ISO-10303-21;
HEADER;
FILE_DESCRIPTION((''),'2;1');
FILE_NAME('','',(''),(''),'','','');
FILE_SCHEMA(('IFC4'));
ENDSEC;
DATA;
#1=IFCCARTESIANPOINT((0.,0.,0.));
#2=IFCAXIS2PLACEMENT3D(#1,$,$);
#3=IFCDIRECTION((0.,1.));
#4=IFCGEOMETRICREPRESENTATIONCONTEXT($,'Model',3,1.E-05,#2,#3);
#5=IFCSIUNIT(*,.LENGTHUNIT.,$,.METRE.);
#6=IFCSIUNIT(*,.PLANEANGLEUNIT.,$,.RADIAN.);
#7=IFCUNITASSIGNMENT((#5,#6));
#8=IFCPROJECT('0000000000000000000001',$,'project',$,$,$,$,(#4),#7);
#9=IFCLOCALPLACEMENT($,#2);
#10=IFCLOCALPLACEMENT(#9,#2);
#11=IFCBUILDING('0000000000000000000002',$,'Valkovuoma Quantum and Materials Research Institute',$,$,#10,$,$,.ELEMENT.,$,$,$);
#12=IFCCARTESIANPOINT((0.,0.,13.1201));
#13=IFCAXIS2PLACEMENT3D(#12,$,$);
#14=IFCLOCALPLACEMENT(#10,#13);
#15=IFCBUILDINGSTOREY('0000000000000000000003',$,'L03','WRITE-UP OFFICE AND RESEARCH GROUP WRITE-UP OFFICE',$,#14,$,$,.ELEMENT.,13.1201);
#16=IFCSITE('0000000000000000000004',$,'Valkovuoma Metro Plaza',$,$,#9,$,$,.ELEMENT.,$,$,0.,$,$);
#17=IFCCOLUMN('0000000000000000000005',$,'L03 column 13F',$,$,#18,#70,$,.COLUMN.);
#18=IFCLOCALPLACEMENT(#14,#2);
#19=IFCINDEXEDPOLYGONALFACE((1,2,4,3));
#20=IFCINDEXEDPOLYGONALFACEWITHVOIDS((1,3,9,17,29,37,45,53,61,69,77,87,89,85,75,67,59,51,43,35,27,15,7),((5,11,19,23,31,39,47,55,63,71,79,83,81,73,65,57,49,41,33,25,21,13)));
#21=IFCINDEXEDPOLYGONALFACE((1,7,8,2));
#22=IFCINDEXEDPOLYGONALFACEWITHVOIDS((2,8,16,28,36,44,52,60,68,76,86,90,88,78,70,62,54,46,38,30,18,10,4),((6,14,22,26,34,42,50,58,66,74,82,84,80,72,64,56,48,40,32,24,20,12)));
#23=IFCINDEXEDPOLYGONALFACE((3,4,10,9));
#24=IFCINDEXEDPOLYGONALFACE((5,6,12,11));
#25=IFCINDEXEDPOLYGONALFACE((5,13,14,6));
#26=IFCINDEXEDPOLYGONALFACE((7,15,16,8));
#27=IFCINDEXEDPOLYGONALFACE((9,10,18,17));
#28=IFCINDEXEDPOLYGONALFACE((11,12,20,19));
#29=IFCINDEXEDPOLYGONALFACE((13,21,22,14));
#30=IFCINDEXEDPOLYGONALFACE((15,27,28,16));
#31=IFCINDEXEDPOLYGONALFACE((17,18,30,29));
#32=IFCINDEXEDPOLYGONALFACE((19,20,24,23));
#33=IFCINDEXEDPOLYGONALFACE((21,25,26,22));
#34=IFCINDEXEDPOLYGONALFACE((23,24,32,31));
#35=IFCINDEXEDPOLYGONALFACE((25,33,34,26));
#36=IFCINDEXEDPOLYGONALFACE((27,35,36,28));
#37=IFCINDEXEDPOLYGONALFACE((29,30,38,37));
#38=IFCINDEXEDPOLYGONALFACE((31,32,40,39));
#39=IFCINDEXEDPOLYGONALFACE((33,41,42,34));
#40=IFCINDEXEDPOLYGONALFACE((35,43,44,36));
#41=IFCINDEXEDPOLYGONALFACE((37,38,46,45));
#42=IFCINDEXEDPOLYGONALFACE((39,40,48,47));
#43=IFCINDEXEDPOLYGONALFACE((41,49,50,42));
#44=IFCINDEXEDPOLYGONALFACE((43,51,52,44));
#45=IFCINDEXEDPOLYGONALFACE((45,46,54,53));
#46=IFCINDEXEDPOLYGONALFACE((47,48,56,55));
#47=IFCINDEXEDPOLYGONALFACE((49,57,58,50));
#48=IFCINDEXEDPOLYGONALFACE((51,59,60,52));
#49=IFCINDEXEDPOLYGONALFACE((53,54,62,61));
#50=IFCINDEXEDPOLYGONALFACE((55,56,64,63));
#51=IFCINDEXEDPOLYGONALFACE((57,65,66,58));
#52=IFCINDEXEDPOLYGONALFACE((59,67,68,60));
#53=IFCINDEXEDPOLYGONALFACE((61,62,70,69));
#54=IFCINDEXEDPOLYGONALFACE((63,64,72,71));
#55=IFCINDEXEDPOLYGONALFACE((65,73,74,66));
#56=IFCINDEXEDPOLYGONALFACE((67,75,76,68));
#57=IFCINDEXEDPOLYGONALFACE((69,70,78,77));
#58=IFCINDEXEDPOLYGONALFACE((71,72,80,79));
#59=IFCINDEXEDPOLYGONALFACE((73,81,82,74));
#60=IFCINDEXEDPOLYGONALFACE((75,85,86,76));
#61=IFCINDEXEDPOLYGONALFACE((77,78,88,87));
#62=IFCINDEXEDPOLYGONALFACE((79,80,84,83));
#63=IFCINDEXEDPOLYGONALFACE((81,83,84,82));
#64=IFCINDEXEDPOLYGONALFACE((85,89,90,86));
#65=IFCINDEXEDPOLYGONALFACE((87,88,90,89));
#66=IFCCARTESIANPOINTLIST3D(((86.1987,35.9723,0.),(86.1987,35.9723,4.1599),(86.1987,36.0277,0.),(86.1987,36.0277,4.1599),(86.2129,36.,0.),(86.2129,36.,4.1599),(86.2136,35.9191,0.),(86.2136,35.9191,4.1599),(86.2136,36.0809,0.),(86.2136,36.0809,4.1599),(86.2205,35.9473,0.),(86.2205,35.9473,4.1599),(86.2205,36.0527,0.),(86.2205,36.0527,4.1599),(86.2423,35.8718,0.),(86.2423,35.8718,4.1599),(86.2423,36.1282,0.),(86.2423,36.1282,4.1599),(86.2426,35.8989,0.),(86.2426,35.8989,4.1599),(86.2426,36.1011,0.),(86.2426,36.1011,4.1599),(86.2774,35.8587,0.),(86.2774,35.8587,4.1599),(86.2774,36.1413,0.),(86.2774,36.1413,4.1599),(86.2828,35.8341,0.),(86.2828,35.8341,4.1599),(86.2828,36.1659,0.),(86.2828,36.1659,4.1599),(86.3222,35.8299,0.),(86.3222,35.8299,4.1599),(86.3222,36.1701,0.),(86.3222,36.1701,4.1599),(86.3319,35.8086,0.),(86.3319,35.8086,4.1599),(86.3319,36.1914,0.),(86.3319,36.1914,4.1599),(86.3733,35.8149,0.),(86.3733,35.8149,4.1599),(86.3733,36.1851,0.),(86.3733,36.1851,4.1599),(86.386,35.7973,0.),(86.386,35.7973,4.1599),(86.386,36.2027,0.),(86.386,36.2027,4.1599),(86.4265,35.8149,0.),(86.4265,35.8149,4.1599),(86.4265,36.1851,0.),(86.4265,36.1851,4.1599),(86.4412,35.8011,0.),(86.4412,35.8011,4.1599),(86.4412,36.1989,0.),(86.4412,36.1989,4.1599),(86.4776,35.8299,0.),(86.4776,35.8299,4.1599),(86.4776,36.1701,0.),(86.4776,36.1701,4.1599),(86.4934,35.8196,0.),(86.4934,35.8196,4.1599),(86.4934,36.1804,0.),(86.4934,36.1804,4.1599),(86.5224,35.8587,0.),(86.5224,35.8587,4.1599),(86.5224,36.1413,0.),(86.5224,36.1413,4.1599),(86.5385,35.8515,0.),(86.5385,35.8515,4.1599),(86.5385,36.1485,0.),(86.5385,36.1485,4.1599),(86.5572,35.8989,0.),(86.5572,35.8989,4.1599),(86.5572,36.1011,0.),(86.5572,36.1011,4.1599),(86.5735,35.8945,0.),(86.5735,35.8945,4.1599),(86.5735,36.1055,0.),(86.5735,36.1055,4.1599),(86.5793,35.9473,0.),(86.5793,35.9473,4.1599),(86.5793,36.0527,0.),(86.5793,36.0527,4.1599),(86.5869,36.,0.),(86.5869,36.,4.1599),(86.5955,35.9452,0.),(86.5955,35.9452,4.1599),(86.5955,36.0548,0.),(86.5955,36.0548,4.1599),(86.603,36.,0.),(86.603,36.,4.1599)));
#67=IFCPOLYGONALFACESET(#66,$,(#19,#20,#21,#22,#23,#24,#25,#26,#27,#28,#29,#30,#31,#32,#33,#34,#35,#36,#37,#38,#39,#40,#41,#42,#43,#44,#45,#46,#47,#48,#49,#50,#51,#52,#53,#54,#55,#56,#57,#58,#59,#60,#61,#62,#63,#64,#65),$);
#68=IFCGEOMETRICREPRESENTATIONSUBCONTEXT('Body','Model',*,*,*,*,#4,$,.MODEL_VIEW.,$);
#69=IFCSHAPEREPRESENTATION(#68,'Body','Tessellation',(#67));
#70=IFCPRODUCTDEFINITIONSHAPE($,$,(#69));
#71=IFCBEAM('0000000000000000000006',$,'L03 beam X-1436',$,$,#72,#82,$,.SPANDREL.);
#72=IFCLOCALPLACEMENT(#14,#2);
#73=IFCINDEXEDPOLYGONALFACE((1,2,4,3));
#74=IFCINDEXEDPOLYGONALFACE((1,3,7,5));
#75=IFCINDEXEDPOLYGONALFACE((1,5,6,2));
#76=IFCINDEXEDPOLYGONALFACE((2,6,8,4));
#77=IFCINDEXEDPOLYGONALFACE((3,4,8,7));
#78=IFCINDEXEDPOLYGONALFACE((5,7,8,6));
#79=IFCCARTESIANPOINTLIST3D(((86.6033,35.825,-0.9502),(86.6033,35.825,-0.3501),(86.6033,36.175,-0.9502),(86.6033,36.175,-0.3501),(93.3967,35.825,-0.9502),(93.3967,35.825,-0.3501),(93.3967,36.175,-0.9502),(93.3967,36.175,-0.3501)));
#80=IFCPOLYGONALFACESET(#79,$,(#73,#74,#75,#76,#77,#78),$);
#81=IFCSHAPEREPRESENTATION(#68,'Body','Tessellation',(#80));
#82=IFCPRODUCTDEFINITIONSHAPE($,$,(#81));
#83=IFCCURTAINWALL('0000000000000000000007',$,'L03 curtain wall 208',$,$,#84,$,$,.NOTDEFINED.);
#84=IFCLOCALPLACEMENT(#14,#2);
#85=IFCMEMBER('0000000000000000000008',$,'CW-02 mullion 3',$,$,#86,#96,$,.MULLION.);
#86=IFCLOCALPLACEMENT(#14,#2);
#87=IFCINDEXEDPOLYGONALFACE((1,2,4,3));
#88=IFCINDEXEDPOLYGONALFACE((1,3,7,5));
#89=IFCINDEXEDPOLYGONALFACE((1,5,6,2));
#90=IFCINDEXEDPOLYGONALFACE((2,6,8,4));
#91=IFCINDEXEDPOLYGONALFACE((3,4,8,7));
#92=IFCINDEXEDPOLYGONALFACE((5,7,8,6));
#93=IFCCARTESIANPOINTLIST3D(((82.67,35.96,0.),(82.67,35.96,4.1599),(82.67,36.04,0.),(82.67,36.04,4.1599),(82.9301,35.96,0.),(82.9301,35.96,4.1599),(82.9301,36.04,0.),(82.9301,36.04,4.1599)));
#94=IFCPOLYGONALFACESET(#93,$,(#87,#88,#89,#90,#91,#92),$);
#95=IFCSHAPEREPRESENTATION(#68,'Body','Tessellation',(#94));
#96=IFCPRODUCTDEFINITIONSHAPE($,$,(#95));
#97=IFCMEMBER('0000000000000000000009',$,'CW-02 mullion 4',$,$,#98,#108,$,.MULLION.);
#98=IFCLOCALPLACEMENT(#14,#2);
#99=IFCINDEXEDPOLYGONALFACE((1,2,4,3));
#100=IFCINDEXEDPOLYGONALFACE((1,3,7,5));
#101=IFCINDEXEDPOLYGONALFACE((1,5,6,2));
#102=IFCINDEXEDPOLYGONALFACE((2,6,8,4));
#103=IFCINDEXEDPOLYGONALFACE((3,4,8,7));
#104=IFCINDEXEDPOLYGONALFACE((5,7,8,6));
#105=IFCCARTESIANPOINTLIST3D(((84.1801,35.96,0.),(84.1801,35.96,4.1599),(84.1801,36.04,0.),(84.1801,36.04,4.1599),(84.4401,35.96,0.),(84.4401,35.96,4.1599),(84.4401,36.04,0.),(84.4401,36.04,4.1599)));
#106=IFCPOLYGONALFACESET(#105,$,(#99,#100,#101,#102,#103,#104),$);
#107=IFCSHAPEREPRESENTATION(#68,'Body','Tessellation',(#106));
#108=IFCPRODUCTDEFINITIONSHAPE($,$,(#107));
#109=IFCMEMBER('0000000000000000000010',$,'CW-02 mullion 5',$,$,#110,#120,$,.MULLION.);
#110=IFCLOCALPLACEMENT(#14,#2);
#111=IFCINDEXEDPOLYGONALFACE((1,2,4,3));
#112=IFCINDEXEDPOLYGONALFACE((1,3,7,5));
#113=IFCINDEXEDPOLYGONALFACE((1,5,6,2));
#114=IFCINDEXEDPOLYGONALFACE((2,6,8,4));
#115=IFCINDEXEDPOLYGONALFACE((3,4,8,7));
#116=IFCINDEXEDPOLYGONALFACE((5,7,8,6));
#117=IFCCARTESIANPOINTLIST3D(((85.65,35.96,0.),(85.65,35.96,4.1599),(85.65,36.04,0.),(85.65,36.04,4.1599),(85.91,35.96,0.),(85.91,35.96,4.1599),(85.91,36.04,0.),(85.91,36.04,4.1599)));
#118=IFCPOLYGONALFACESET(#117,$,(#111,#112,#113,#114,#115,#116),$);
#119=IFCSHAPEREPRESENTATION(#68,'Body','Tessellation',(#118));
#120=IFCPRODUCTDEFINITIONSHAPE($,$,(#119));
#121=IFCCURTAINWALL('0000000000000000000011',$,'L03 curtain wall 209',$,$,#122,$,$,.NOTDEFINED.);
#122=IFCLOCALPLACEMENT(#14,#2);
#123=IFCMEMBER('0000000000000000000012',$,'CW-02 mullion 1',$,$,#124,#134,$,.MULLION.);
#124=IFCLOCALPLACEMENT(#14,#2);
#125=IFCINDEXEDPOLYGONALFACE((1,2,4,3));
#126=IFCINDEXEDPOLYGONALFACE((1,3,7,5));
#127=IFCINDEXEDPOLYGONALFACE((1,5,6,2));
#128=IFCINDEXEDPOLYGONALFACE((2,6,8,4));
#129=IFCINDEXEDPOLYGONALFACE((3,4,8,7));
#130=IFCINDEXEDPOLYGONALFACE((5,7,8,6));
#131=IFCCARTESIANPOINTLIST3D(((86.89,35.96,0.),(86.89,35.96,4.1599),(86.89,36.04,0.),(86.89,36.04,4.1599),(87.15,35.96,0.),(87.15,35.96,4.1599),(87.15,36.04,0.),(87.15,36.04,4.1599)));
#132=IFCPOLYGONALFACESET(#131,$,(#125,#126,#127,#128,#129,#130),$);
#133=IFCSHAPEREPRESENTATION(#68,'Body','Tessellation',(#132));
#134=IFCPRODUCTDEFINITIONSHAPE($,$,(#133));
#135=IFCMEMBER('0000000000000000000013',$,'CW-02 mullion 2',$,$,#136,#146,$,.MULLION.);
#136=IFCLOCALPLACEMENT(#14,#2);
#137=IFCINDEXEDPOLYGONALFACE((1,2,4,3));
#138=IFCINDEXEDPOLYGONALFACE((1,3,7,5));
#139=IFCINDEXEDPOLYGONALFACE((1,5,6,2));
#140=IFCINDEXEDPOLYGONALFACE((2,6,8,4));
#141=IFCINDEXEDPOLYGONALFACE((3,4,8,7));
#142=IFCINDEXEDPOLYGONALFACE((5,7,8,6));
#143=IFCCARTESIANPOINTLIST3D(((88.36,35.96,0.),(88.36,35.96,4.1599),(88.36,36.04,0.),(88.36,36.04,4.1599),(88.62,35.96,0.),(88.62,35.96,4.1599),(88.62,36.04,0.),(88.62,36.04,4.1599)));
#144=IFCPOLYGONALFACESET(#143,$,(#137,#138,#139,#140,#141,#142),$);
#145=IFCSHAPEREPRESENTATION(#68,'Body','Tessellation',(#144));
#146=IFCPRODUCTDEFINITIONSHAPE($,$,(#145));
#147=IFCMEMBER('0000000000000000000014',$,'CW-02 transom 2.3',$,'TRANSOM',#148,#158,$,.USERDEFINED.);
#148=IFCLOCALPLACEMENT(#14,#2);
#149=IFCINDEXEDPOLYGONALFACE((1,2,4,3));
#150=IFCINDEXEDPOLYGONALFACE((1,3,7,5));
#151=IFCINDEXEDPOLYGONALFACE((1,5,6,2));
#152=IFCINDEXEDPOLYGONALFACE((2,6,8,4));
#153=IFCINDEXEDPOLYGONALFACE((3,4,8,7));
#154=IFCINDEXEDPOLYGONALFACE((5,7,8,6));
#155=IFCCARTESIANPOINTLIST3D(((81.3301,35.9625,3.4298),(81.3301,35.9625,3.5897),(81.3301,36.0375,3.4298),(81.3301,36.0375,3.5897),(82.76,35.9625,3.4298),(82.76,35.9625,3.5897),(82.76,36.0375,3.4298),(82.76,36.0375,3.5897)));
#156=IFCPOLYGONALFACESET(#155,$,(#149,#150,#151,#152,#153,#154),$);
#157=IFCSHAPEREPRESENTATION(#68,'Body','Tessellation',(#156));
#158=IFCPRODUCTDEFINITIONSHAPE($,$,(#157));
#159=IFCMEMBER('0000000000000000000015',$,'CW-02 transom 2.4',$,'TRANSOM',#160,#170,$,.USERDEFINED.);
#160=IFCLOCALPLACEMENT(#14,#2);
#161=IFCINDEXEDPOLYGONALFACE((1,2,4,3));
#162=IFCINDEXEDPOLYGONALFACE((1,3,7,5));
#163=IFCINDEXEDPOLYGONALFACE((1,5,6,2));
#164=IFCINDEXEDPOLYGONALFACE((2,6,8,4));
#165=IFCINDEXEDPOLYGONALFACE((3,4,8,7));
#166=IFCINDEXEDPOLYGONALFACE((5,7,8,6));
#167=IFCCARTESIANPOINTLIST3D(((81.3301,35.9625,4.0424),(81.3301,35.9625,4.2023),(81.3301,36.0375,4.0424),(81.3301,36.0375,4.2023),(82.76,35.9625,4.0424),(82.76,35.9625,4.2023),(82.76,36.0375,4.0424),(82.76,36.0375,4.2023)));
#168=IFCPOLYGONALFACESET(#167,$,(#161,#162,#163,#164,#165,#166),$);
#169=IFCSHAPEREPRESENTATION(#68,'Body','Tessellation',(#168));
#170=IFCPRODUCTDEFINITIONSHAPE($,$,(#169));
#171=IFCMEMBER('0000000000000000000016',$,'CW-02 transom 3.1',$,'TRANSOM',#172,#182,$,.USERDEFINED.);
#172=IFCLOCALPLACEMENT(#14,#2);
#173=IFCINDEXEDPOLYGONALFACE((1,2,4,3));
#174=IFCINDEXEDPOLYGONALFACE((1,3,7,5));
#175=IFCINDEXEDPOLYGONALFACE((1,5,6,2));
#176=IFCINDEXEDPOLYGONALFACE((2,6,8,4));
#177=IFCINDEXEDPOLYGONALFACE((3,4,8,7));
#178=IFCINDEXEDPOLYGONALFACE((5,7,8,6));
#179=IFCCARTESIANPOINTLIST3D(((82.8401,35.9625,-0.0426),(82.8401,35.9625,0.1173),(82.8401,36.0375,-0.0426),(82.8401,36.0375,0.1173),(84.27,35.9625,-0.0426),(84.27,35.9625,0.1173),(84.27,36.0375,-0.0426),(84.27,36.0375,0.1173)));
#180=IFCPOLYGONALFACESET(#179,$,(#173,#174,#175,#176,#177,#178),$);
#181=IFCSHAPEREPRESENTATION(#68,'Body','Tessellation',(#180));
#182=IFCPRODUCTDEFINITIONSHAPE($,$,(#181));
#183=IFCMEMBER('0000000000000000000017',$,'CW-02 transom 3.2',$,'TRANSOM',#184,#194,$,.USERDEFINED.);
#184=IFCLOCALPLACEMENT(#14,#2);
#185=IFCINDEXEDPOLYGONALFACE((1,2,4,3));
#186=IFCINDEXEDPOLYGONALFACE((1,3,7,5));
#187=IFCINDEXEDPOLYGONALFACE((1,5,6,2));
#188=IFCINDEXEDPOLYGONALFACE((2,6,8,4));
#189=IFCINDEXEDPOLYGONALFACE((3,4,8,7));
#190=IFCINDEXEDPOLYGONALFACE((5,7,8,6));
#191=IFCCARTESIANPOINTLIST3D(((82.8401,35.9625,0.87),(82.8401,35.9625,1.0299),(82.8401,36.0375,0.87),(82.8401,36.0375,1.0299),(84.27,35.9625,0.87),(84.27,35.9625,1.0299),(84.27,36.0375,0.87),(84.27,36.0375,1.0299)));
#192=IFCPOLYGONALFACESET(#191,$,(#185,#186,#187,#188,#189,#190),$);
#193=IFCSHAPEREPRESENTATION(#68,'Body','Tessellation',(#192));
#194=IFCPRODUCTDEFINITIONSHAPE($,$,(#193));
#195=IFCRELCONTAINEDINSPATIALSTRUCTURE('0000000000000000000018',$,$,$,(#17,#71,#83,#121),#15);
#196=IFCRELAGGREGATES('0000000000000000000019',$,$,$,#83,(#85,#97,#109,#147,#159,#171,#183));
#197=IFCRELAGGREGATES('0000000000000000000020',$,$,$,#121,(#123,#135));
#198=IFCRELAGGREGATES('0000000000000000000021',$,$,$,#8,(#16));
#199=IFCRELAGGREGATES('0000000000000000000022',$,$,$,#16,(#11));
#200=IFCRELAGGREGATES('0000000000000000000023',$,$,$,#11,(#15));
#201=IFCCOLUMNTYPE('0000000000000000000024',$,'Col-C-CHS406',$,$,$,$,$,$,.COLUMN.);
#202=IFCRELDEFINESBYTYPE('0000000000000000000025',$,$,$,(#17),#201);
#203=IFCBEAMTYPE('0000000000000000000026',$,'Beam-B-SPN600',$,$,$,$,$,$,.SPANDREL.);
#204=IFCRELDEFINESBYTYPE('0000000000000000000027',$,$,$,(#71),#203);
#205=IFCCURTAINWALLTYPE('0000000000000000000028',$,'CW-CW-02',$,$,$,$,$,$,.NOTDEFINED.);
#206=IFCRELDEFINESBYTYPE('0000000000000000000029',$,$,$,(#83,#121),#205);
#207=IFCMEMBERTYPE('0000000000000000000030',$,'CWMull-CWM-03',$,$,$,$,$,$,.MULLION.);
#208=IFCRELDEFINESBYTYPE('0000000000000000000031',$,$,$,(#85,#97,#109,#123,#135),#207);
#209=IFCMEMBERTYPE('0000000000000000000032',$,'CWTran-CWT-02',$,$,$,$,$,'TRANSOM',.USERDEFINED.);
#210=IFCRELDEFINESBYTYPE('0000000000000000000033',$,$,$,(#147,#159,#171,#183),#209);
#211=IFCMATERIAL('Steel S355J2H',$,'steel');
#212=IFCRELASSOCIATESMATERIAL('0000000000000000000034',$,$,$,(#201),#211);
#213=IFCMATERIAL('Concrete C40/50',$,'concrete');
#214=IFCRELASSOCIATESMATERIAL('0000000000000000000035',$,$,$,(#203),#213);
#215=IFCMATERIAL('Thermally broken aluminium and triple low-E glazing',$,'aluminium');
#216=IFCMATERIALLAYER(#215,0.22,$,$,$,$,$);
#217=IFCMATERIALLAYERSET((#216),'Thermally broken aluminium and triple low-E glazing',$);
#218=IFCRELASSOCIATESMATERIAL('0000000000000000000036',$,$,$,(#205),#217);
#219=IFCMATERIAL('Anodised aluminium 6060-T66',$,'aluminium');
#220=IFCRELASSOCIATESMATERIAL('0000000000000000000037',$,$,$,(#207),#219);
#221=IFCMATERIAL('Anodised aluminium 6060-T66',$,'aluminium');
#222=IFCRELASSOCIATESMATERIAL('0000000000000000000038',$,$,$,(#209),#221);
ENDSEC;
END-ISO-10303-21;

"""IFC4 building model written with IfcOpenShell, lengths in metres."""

from ifc_helpers import new_model, si_unit, direction, frame, origin, origin_2d, place, context, subcontext, project, spatial, rectangle, hollow_circle, extrude, material, layer, layer_set, material_profile, profile_set, type_object, element, aggregate, save


model = new_model("IFC4")

# Units and contexts
model_context = context("Model", 3, precision=1e-05, world=origin(), true_north=direction((0.0, 1.0)))
body_context = subcontext(model_context, "Body", "Model", "MODEL_VIEW")
ifc_project = project(units=[si_unit("LENGTHUNIT", "METRE"), si_unit("PLANEANGLEUNIT", "RADIAN")], contexts=[model_context])

# Site, building, storey
site_placement = place(None, origin())
site = spatial("IfcSite", under=ifc_project, at=site_placement, Name="Valkovuoma Metro Plaza", CompositionType="ELEMENT", RefElevation=0.0)
building_placement = place(site_placement, origin())
building = spatial("IfcBuilding", under=site, at=building_placement, Name="Valkovuoma Quantum and Materials Research Institute", CompositionType="ELEMENT")
storey_placement = place(building_placement, frame((0.0, 0.0, 13.1201)))
storey = spatial("IfcBuildingStorey", under=building, at=storey_placement, Name="L03", Description="WRITE-UP OFFICE AND RESEARCH GROUP WRITE-UP OFFICE", CompositionType="ELEMENT", Elevation=13.1201)

# Column
ifc_material_1 = material(Name="Steel S355J2H", Category="steel")
ifc_material_profile_1 = material_profile(ifc_material_1, hollow_circle(Radius=0.2031, WallThickness=0.0161, at=origin_2d()), Name="Steel S355J2H")
ifc_profile_set_1 = profile_set([ifc_material_profile_1], Name="Steel S355J2H")
column_type = type_object("IfcColumnType", Name="Col-C-CHS406", PredefinedType="COLUMN", material=ifc_profile_set_1)
column_placement = place(storey_placement, frame((86.3999, 36.0, 0.0), z_axis=(0.0, 0.0, 1.0), x_axis=(1.0, 0.0, 0.0)))
element("IfcColumn", 1, at=column_placement, inside=storey, type_object=column_type, Name="L03 column 13F", PredefinedType="COLUMN", context=body_context, shape_type="SweptSolid", body=[
    extrude(hollow_circle(Radius=0.2031, WallThickness=0.0161, at=origin_2d()), origin(), (0.0, 0.0, 1.0), 4.1599),
])

# Beam
ifc_material_2 = material(Name="Concrete C40/50", Category="concrete")
ifc_material_profile_2 = material_profile(ifc_material_2, rectangle(XDim=0.3501, YDim=0.6001, at=origin_2d()), Name="Concrete C40/50")
ifc_profile_set_2 = profile_set([ifc_material_profile_2], Name="Concrete C40/50")
beam_type = type_object("IfcBeamType", Name="Beam-B-SPN600", PredefinedType="SPANDREL", material=ifc_profile_set_2)
beam_placement = place(storey_placement, frame((86.6033, 36.0, -0.6501), z_axis=(1.0, 0.0, 0.0), x_axis=(0.0, 1.0, 0.0)))
element("IfcBeam", 2, at=beam_placement, inside=storey, type_object=beam_type, Name="L03 beam X-1436", PredefinedType="SPANDREL", context=body_context, shape_type="SweptSolid", body=[
    extrude(rectangle(XDim=0.3501, YDim=0.6001, at=origin_2d()), origin(), (0.0, 0.0, 1.0), 6.7935),
])

# Curtain walls, members
ifc_material_3 = material(Name="Thermally broken aluminium and triple low-E glazing", Category="aluminium")
ifc_layer_1 = layer(ifc_material_3, 0.22)
ifc_layer_set_1 = layer_set([ifc_layer_1], Name="Thermally broken aluminium and triple low-E glazing")
curtain_wall_type = type_object("IfcCurtainWallType", Name="CW-CW-02", PredefinedType="NOTDEFINED", material=ifc_layer_set_1)
curtain_wall_1_placement = place(storey_placement, origin())
curtain_wall_1 = element("IfcCurtainWall", 3, at=curtain_wall_1_placement, inside=storey, type_object=curtain_wall_type, Name="L03 curtain wall 208", PredefinedType="NOTDEFINED")
ifc_material_4 = material(Name="Anodised aluminium 6060-T66", Category="aluminium")
ifc_material_profile_3 = material_profile(ifc_material_4, rectangle(XDim=0.0801, YDim=0.26, at=origin_2d()), Name="Anodised aluminium 6060-T66")
ifc_profile_set_3 = profile_set([ifc_material_profile_3], Name="Anodised aluminium 6060-T66")
member_type_1 = type_object("IfcMemberType", Name="CWMull-CWM-03", PredefinedType="MULLION", material=ifc_profile_set_3)
member_1_placement = place(storey_placement, frame((82.8, 36.0, 0.0), z_axis=(0.0, 0.0, 1.0), x_axis=(0.0, 1.0, 0.0)))
member_1 = element("IfcMember", 4, at=member_1_placement, type_object=member_type_1, Name="CW-02 mullion 3", PredefinedType="MULLION", context=body_context, shape_type="SweptSolid", body=[
    extrude(rectangle(XDim=0.0801, YDim=0.26, at=origin_2d()), origin(), (0.0, 0.0, 1.0), 4.1599),
])
member_2_placement = place(storey_placement, frame((84.3101, 36.0, 0.0), z_axis=(0.0, 0.0, 1.0), x_axis=(0.0, 1.0, 0.0)))
member_2 = element("IfcMember", 5, at=member_2_placement, type_object=member_type_1, Name="CW-02 mullion 4", PredefinedType="MULLION", context=body_context, shape_type="SweptSolid", body=[
    extrude(rectangle(XDim=0.0801, YDim=0.26, at=origin_2d()), origin(), (0.0, 0.0, 1.0), 4.1599),
])
member_3_placement = place(storey_placement, frame((85.78, 36.0, 0.0), z_axis=(0.0, 0.0, 1.0), x_axis=(0.0, 1.0, 0.0)))
member_3 = element("IfcMember", 6, at=member_3_placement, type_object=member_type_1, Name="CW-02 mullion 5", PredefinedType="MULLION", context=body_context, shape_type="SweptSolid", body=[
    extrude(rectangle(XDim=0.0801, YDim=0.26, at=origin_2d()), origin(), (0.0, 0.0, 1.0), 4.1599),
])
curtain_wall_2_placement = place(storey_placement, origin())
curtain_wall_2 = element("IfcCurtainWall", 7, at=curtain_wall_2_placement, inside=storey, type_object=curtain_wall_type, Name="L03 curtain wall 209", PredefinedType="NOTDEFINED")
member_4_placement = place(storey_placement, frame((87.02, 36.0, 0.0), z_axis=(0.0, 0.0, 1.0), x_axis=(0.0, 1.0, 0.0)))
member_4 = element("IfcMember", 8, at=member_4_placement, type_object=member_type_1, Name="CW-02 mullion 1", PredefinedType="MULLION", context=body_context, shape_type="SweptSolid", body=[
    extrude(rectangle(XDim=0.0801, YDim=0.26, at=origin_2d()), origin(), (0.0, 0.0, 1.0), 4.1599),
])
member_5_placement = place(storey_placement, frame((88.49, 36.0, 0.0), z_axis=(0.0, 0.0, 1.0), x_axis=(0.0, 1.0, 0.0)))
member_5 = element("IfcMember", 9, at=member_5_placement, type_object=member_type_1, Name="CW-02 mullion 2", PredefinedType="MULLION", context=body_context, shape_type="SweptSolid", body=[
    extrude(rectangle(XDim=0.0801, YDim=0.26, at=origin_2d()), origin(), (0.0, 0.0, 1.0), 4.1599),
])

# Members
ifc_material_5 = material(Name="Anodised aluminium 6060-T66", Category="aluminium")
ifc_material_profile_4 = material_profile(ifc_material_5, rectangle(XDim=0.075, YDim=0.1599, at=origin_2d()), Name="Anodised aluminium 6060-T66")
ifc_profile_set_4 = profile_set([ifc_material_profile_4], Name="Anodised aluminium 6060-T66")
member_type_2 = type_object("IfcMemberType", Name="CWTran-CWT-02", ElementType="TRANSOM", PredefinedType="USERDEFINED", material=ifc_profile_set_4)
member_6_placement = place(storey_placement, frame((81.3301, 36.0, 3.5098), z_axis=(1.0, 0.0, 0.0), x_axis=(0.0, 1.0, 0.0)))
member_6 = element("IfcMember", 10, at=member_6_placement, type_object=member_type_2, Name="CW-02 transom 2.3", ObjectType="TRANSOM", PredefinedType="USERDEFINED", context=body_context, shape_type="SweptSolid", body=[
    extrude(rectangle(XDim=0.075, YDim=0.1599, at=origin_2d()), origin(), (0.0, 0.0, 1.0), 1.4299),
])
member_7_placement = place(storey_placement, frame((81.3301, 36.0, 4.1223), z_axis=(1.0, 0.0, 0.0), x_axis=(0.0, 1.0, 0.0)))
member_7 = element("IfcMember", 11, at=member_7_placement, type_object=member_type_2, Name="CW-02 transom 2.4", ObjectType="TRANSOM", PredefinedType="USERDEFINED", context=body_context, shape_type="SweptSolid", body=[
    extrude(rectangle(XDim=0.075, YDim=0.1599, at=origin_2d()), origin(), (0.0, 0.0, 1.0), 1.4299),
])
member_8_placement = place(storey_placement, frame((82.8401, 36.0, 0.0374), z_axis=(1.0, 0.0, 0.0), x_axis=(0.0, 1.0, 0.0)))
member_8 = element("IfcMember", 12, at=member_8_placement, type_object=member_type_2, Name="CW-02 transom 3.1", ObjectType="TRANSOM", PredefinedType="USERDEFINED", context=body_context, shape_type="SweptSolid", body=[
    extrude(rectangle(XDim=0.075, YDim=0.1599, at=origin_2d()), origin(), (0.0, 0.0, 1.0), 1.4299),
])
member_9_placement = place(storey_placement, frame((82.8401, 36.0, 0.95), z_axis=(1.0, 0.0, 0.0), x_axis=(0.0, 1.0, 0.0)))
member_9 = element("IfcMember", 13, at=member_9_placement, type_object=member_type_2, Name="CW-02 transom 3.2", ObjectType="TRANSOM", PredefinedType="USERDEFINED", context=body_context, shape_type="SweptSolid", body=[
    extrude(rectangle(XDim=0.075, YDim=0.1599, at=origin_2d()), origin(), (0.0, 0.0, 1.0), 1.4299),
])

aggregate(curtain_wall_1, [member_1, member_2, member_3, member_6, member_7, member_8, member_9])
aggregate(curtain_wall_2, [member_4, member_5])

save(model, "model.ifc")
